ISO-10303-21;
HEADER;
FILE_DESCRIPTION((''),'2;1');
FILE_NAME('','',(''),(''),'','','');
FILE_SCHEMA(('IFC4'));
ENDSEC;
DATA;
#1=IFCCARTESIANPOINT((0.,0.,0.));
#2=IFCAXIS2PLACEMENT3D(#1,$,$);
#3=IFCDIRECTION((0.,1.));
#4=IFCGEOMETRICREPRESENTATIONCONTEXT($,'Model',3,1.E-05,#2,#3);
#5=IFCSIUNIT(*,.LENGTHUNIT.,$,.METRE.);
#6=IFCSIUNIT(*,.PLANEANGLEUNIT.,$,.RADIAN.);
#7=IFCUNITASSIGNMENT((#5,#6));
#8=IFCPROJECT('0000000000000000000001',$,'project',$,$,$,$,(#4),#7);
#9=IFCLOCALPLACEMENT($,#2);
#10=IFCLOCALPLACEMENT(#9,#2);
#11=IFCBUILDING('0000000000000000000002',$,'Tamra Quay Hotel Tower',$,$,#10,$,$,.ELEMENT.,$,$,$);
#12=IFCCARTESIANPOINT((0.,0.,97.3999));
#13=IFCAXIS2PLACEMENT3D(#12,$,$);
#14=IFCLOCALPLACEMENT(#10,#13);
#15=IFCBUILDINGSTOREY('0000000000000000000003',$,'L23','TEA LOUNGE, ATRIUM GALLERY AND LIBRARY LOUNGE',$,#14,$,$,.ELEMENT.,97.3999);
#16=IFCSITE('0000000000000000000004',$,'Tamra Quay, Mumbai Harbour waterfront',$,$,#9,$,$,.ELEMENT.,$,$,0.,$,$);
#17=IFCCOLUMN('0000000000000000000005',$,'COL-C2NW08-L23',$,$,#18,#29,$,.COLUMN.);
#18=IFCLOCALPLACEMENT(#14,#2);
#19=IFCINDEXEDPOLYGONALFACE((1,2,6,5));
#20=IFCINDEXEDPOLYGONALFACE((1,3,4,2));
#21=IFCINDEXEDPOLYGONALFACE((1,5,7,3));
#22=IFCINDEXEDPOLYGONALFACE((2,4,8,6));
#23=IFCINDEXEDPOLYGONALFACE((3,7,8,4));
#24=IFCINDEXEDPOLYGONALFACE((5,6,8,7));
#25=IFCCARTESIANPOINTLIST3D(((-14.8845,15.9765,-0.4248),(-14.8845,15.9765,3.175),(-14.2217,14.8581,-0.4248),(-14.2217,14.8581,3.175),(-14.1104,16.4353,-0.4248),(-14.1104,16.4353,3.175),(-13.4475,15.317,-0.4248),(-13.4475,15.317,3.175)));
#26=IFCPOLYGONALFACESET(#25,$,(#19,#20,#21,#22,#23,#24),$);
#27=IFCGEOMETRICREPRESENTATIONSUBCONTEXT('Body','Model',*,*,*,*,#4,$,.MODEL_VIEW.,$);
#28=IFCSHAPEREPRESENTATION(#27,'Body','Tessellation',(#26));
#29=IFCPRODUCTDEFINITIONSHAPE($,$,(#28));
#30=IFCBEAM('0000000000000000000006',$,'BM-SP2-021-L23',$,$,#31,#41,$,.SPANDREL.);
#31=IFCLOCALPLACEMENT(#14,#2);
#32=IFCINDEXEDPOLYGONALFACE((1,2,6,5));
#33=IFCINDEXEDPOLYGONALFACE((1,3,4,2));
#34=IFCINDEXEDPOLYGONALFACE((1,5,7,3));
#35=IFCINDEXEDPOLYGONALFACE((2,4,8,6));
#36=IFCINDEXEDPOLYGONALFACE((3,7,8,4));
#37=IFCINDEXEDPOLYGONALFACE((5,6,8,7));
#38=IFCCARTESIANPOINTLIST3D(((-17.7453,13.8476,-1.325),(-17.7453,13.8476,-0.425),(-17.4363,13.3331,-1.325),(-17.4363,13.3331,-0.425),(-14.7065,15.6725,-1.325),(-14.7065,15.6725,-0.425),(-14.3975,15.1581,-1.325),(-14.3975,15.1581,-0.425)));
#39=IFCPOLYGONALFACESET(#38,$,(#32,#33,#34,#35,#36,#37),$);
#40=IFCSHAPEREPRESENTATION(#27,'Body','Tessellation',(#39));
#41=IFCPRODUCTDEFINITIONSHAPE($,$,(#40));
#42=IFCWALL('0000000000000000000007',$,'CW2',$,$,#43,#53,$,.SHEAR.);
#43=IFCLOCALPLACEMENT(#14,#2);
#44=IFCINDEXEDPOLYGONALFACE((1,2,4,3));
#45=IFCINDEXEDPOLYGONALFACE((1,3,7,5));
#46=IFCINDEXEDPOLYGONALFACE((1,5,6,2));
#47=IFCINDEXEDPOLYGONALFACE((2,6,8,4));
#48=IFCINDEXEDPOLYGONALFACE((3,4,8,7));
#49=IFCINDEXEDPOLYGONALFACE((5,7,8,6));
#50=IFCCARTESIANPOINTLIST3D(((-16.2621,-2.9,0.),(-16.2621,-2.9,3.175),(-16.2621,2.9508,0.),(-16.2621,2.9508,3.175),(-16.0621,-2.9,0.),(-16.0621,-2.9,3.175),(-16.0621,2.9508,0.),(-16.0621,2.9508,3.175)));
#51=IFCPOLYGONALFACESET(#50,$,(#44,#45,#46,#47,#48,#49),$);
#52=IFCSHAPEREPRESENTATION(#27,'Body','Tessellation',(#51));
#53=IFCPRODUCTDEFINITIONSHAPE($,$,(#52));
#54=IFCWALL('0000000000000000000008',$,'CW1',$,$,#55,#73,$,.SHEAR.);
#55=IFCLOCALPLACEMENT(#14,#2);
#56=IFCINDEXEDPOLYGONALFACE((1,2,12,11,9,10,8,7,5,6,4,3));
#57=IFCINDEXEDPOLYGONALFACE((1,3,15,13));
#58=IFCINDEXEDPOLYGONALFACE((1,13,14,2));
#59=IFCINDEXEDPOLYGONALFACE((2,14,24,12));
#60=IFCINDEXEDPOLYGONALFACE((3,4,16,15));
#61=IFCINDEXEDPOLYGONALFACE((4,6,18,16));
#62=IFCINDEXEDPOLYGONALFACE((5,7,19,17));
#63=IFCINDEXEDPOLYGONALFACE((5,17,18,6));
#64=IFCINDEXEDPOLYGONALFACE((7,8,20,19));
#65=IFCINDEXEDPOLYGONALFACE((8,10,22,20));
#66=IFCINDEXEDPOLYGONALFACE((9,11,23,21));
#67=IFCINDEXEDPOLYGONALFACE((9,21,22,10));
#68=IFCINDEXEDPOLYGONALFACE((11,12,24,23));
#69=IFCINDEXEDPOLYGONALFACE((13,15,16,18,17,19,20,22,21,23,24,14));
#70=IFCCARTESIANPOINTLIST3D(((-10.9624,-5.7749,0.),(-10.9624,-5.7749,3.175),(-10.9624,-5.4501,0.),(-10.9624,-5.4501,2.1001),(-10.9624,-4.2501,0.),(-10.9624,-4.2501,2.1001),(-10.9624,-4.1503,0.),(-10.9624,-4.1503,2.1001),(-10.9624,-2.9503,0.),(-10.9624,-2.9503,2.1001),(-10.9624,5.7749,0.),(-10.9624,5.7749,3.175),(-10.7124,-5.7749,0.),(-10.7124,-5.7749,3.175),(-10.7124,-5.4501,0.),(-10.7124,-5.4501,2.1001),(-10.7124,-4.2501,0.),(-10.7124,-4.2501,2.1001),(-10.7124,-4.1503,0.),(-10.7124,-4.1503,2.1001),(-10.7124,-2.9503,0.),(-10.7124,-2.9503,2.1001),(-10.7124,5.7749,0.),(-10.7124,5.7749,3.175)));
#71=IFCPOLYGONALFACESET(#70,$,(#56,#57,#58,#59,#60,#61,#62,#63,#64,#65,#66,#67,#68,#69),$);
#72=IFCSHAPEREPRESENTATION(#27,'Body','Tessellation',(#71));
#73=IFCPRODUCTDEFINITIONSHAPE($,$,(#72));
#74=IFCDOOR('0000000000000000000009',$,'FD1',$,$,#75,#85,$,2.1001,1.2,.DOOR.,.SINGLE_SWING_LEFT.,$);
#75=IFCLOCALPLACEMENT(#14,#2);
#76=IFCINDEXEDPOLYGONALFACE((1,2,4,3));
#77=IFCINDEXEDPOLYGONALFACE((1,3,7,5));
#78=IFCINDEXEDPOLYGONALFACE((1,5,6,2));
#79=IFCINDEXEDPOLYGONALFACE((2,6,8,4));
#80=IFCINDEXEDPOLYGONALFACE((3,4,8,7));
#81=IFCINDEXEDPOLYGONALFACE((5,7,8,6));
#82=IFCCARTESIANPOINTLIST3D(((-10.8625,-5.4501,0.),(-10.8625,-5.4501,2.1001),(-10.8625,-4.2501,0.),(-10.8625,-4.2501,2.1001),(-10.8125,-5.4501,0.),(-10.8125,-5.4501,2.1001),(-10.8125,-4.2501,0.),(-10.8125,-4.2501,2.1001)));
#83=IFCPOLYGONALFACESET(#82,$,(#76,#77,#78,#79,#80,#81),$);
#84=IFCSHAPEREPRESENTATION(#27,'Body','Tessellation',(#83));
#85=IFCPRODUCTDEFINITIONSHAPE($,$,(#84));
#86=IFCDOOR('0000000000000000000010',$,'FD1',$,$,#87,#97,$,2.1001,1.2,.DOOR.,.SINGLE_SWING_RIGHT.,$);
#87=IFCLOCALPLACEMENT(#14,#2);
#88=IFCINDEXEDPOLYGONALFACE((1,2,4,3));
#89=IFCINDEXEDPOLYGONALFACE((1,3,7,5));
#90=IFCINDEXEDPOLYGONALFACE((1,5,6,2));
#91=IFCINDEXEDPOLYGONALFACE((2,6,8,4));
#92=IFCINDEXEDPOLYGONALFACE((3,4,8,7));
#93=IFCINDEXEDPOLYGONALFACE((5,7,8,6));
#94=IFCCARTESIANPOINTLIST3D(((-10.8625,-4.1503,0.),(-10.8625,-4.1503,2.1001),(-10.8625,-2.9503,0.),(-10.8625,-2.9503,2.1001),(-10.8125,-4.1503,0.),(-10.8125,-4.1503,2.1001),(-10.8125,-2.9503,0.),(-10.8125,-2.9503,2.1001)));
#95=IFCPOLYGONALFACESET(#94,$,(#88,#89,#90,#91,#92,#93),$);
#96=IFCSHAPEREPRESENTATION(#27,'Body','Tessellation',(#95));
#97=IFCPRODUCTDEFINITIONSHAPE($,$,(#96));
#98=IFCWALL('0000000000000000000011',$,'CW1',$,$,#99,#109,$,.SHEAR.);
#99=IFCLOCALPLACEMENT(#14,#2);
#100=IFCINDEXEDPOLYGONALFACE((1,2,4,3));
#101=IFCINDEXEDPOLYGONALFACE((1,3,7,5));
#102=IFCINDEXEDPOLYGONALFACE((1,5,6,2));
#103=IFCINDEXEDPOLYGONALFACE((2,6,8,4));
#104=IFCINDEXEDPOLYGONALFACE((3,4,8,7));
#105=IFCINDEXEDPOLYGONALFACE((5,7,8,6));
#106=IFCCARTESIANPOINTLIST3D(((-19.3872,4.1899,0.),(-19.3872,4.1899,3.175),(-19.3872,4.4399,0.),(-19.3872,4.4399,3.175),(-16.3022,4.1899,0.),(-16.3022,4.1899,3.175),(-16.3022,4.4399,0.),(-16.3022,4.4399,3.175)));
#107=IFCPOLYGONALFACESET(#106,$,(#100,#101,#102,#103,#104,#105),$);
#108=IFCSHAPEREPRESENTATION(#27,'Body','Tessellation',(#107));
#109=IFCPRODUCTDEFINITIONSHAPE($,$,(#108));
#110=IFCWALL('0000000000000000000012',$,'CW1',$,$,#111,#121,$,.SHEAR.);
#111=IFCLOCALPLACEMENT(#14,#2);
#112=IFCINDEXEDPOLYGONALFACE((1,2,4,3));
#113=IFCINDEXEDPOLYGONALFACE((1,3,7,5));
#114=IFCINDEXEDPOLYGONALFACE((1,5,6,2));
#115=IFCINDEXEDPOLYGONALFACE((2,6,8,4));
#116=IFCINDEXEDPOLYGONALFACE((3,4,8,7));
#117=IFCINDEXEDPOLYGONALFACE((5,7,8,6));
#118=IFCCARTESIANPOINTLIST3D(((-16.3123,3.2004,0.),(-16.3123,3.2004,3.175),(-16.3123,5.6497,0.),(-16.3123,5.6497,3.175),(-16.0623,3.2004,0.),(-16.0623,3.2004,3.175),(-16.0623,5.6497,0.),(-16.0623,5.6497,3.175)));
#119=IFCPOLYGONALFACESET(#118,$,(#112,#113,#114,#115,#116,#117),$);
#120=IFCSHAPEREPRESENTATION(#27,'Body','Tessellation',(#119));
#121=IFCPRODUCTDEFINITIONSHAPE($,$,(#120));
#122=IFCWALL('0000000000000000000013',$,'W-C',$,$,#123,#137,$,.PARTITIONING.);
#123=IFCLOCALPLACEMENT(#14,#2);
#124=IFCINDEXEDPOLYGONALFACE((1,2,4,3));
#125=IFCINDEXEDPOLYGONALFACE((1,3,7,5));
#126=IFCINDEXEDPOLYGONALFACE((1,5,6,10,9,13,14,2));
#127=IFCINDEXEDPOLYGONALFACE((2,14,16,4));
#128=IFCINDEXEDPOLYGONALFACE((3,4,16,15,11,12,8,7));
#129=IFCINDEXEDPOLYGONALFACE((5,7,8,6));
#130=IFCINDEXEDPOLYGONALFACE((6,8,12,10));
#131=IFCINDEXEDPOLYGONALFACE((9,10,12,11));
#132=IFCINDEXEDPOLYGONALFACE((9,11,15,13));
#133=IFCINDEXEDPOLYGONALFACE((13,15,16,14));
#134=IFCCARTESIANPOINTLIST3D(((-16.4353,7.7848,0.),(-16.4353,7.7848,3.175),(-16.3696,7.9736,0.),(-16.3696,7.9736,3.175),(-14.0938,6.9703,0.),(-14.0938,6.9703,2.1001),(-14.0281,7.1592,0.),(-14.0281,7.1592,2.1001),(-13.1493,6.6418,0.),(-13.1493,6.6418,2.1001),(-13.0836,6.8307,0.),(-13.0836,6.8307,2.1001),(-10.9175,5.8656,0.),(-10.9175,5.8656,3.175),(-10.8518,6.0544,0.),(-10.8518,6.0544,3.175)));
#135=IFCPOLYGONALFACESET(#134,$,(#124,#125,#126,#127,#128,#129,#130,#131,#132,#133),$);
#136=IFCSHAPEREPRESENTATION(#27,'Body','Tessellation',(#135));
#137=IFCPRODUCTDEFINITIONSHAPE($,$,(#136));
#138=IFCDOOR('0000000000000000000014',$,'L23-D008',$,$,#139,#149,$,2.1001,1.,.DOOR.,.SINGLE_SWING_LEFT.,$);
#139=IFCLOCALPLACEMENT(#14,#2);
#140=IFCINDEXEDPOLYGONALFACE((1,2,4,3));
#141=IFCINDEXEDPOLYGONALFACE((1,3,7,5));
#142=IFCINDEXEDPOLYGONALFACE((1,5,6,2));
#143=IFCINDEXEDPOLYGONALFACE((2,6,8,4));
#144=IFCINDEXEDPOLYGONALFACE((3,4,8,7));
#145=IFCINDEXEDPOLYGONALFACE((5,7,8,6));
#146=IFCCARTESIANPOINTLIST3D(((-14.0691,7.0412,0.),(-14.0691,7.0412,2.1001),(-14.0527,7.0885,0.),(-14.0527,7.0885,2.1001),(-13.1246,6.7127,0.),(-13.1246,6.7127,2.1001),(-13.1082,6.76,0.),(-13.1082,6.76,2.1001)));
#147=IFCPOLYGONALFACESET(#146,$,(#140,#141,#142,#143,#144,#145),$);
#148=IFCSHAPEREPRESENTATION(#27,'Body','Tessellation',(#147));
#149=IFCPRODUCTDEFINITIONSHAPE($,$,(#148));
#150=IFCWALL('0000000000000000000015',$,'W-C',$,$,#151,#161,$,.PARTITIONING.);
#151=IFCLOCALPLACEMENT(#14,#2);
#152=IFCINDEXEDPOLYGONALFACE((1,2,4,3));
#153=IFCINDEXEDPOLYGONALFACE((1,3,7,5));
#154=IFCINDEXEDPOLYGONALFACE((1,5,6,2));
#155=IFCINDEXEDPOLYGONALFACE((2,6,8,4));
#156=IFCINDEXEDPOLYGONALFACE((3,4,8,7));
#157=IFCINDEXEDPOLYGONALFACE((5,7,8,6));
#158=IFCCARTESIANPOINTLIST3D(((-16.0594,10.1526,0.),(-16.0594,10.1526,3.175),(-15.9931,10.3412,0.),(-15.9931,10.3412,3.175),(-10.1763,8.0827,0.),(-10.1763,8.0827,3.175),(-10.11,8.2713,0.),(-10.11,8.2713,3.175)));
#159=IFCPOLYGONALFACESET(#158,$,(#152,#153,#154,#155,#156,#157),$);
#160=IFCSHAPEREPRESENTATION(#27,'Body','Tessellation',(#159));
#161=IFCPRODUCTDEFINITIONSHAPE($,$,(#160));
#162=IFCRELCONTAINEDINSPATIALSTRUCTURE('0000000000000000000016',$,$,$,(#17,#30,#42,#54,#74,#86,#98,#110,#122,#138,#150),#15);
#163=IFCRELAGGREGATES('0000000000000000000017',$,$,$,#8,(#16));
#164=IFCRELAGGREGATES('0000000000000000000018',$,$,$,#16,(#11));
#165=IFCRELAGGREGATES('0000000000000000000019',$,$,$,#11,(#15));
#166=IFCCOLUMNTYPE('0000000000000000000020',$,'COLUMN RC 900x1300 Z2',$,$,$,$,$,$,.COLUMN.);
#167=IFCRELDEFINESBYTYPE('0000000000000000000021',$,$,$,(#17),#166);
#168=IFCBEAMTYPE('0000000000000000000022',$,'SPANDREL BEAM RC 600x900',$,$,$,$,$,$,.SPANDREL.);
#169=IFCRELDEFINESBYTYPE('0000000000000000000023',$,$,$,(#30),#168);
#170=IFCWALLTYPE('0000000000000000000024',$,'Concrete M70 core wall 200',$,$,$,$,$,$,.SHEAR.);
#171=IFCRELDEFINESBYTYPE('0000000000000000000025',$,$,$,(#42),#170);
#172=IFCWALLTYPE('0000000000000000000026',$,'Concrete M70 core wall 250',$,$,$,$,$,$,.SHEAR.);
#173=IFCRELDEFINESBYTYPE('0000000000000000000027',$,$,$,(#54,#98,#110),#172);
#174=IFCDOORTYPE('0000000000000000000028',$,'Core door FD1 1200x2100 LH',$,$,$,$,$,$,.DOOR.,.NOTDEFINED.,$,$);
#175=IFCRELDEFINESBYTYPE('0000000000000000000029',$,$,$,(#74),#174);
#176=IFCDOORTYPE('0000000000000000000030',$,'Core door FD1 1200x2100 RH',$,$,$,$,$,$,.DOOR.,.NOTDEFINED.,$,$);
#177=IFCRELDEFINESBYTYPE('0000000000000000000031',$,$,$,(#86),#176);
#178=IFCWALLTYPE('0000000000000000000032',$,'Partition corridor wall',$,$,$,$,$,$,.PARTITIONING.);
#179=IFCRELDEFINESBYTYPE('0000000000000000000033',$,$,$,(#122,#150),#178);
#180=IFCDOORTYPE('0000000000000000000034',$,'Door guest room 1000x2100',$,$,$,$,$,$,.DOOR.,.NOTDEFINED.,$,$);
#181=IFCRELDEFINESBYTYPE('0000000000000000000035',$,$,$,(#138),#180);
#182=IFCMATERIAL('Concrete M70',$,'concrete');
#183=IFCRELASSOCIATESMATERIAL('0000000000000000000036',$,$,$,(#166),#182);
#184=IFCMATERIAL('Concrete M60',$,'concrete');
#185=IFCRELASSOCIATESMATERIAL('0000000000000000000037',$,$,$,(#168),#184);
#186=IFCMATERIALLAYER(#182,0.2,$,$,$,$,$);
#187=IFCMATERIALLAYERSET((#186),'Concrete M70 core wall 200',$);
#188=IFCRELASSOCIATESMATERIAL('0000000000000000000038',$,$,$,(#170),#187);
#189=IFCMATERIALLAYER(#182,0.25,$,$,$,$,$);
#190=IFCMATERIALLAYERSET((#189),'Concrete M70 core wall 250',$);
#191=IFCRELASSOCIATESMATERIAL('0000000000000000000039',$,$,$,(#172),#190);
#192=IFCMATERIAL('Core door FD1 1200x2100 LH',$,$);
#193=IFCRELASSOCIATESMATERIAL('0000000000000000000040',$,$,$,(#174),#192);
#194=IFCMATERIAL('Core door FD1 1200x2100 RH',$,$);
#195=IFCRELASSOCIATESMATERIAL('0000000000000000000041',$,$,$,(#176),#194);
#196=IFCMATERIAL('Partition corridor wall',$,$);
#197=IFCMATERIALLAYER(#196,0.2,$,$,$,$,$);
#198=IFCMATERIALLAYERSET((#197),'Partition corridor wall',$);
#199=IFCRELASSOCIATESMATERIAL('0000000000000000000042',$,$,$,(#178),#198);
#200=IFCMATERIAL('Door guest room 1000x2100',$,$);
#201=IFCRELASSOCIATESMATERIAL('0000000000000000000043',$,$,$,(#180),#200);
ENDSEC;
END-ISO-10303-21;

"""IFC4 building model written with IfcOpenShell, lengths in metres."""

from ifc_helpers import new_model, si_unit, direction, frame, frame_2d, origin, origin_2d, place, context, subcontext, project, spatial, rectangle, extrude, material, layer, layer_set, material_profile, profile_set, type_object, element, fill, save


model = new_model("IFC4")

# Units and contexts
model_context = context("Model", 3, precision=1e-05, world=origin(), true_north=direction((0.0, 1.0)))
body_context = subcontext(model_context, "Body", "Model", "MODEL_VIEW")
ifc_project = project(units=[si_unit("LENGTHUNIT", "METRE"), si_unit("PLANEANGLEUNIT", "RADIAN")], contexts=[model_context])

# Site, building, storey
site_placement = place(None, origin())
site = spatial("IfcSite", under=ifc_project, at=site_placement, Name="Tamra Quay, Mumbai Harbour waterfront", CompositionType="ELEMENT", RefElevation=0.0)
building_placement = place(site_placement, origin())
building = spatial("IfcBuilding", under=site, at=building_placement, Name="Tamra Quay Hotel Tower", CompositionType="ELEMENT")
storey_placement = place(building_placement, frame((0.0, 0.0, 97.3999)))
storey = spatial("IfcBuildingStorey", under=building, at=storey_placement, Name="L23", Description="TEA LOUNGE, ATRIUM GALLERY AND LIBRARY LOUNGE", CompositionType="ELEMENT", Elevation=97.3999)

# Column
ifc_material_1 = material(Name="Concrete M70", Category="concrete")
ifc_material_profile_1 = material_profile(ifc_material_1, rectangle(XDim=1.3, YDim=0.8999, at=origin_2d()), Name="COLUMN RC 900x1300 Z2")
ifc_profile_set_1 = profile_set([ifc_material_profile_1], Name="Concrete M70")
column_type = type_object("IfcColumnType", Name="COLUMN RC 900x1300 Z2", PredefinedType="COLUMN", material=ifc_profile_set_1)
column_placement = place(storey_placement, frame((-14.166, 15.6467, -0.4248), z_axis=(0.0, 0.0, 1.0), x_axis=(-0.509873, 0.860249, 0.0)))
element("IfcColumn", 1, at=column_placement, inside=storey, type_object=column_type, Name="COL-C2NW08-L23", PredefinedType="COLUMN", context=body_context, shape_type="SweptSolid", body=[
    extrude(rectangle(XDim=1.3, YDim=0.8999, at=origin_2d()), origin(), (0.0, 0.0, 1.0), 3.5999),
])

# Beam
ifc_material_2 = material(Name="Concrete M60", Category="concrete")
ifc_material_profile_2 = material_profile(ifc_material_2, rectangle(XDim=0.6001, YDim=0.8999, at=origin_2d()), Name="SPANDREL BEAM RC 600x900")
ifc_profile_set_2 = profile_set([ifc_material_profile_2], Name="Concrete M60")
beam_type = type_object("IfcBeamType", Name="SPANDREL BEAM RC 600x900", PredefinedType="SPANDREL", material=ifc_profile_set_2)
beam_placement = place(storey_placement, frame((-14.552, 15.4153, -0.875), z_axis=(-0.857286, -0.51484, 0.0), x_axis=(0.51484, -0.857286, 0.0)))
element("IfcBeam", 2, at=beam_placement, inside=storey, type_object=beam_type, Name="BM-SP2-021-L23", PredefinedType="SPANDREL", context=body_context, shape_type="SweptSolid", body=[
    extrude(rectangle(XDim=0.6001, YDim=0.8999, at=origin_2d()), origin(), (0.0, 0.0, 1.0), 3.5447),
])

# Wall
ifc_layer_1 = layer(ifc_material_1, 0.2)
ifc_layer_set_1 = layer_set([ifc_layer_1], Name="Concrete M70 core wall 200")
wall_type_1 = type_object("IfcWallType", Name="Concrete M70 core wall 200", PredefinedType="SHEAR", material=ifc_layer_set_1)
wall_1_placement = place(storey_placement, frame((-16.1621, 2.9507, 0.0), z_axis=(0.0, 0.0, 1.0), x_axis=(0.0, -1.0, 0.0)))
element("IfcWall", 3, at=wall_1_placement, inside=storey, type_object=wall_type_1, Name="CW2", PredefinedType="SHEAR", context=body_context, shape_type="SweptSolid", body=[
    extrude(rectangle(XDim=5.8508, YDim=0.2, at=frame_2d((2.9253, 0.0))), origin(), (0.0, 0.0, 1.0), 3.175),
])

# Wall, openings, doors
ifc_layer_2 = layer(ifc_material_1, 0.25)
ifc_layer_set_2 = layer_set([ifc_layer_2], Name="Concrete M70 core wall 250")
wall_type_2 = type_object("IfcWallType", Name="Concrete M70 core wall 250", PredefinedType="SHEAR", material=ifc_layer_set_2)
wall_2_placement = place(storey_placement, frame((-10.8374, 5.7749, 0.0), z_axis=(0.0, 0.0, 1.0), x_axis=(0.0, -1.0, 0.0)))
wall_2 = element("IfcWall", 4, at=wall_2_placement, inside=storey, type_object=wall_type_2, Name="CW1", PredefinedType="SHEAR", context=body_context, shape_type="SweptSolid", body=[
    extrude(rectangle(XDim=11.5498, YDim=0.25, at=frame_2d((5.7749, 0.0))), origin(), (0.0, 0.0, 1.0), 3.175),
])
opening_1_placement = place(wall_2_placement, frame((10.0249, 0.0, 0.0)))
opening_1 = element("IfcOpeningElement", 5, at=opening_1_placement, cuts=wall_2, PredefinedType="OPENING", context=body_context, shape_type="SweptSolid", body=[
    extrude(rectangle(XDim=1.2, YDim=2.1001, at=frame_2d((0.6001, 1.05))), frame((0.0, 0.135, 0.0), z_axis=(0.0, -1.0, 0.0), x_axis=(1.0, 0.0, 0.0)), (0.0, 0.0, 1.0), 0.27),
])
opening_2_placement = place(wall_2_placement, frame((8.7251, 0.0, 0.0)))
opening_2 = element("IfcOpeningElement", 6, at=opening_2_placement, cuts=wall_2, PredefinedType="OPENING", context=body_context, shape_type="SweptSolid", body=[
    extrude(rectangle(XDim=1.2, YDim=2.1001, at=frame_2d((0.6001, 1.05))), frame((0.0, 0.135, 0.0), z_axis=(0.0, -1.0, 0.0), x_axis=(1.0, 0.0, 0.0)), (0.0, 0.0, 1.0), 0.27),
])
ifc_material_3 = material(Name="Core door FD1 1200x2100 LH")
door_type_1 = type_object("IfcDoorType", Name="Core door FD1 1200x2100 LH", OperationType="NOTDEFINED", PredefinedType="DOOR", material=ifc_material_3)
door_1_placement = place(opening_1_placement, origin())
door_1 = element("IfcDoor", 7, at=door_1_placement, inside=storey, type_object=door_type_1, Name="FD1", OperationType="SINGLE_SWING_LEFT", OverallHeight=2.1001, OverallWidth=1.2, PredefinedType="DOOR", context=body_context, shape_type="SweptSolid", body=[
    extrude(rectangle(XDim=1.2, YDim=2.1001, at=frame_2d((0.6001, 1.05))), frame((0.0, 0.0249, 0.0), z_axis=(0.0, -1.0, 0.0), x_axis=(1.0, 0.0, 0.0)), (0.0, 0.0, 1.0), 0.05),
])
fill(opening_1, door_1)
ifc_material_4 = material(Name="Core door FD1 1200x2100 RH")
door_type_2 = type_object("IfcDoorType", Name="Core door FD1 1200x2100 RH", OperationType="NOTDEFINED", PredefinedType="DOOR", material=ifc_material_4)
door_2_placement = place(opening_2_placement, origin())
door_2 = element("IfcDoor", 8, at=door_2_placement, inside=storey, type_object=door_type_2, Name="FD1", OperationType="SINGLE_SWING_RIGHT", OverallHeight=2.1001, OverallWidth=1.2, PredefinedType="DOOR", context=body_context, shape_type="SweptSolid", body=[
    extrude(rectangle(XDim=1.2, YDim=2.1001, at=frame_2d((0.6001, 1.05))), frame((0.0, 0.0249, 0.0), z_axis=(0.0, -1.0, 0.0), x_axis=(1.0, 0.0, 0.0)), (0.0, 0.0, 1.0), 0.05),
])
fill(opening_2, door_2)

# Walls
wall_3_placement = place(storey_placement, frame((-16.3022, 4.3149, 0.0), z_axis=(0.0, 0.0, 1.0), x_axis=(-1.0, 0.0, 0.0)))
element("IfcWall", 9, at=wall_3_placement, inside=storey, type_object=wall_type_2, Name="CW1", PredefinedType="SHEAR", context=body_context, shape_type="SweptSolid", body=[
    extrude(rectangle(XDim=3.085, YDim=0.25, at=frame_2d((1.5425, 0.0))), origin(), (0.0, 0.0, 1.0), 3.175),
])
wall_4_placement = place(storey_placement, frame((-16.1873, 3.2004, 0.0), z_axis=(0.0, 0.0, 1.0), x_axis=(0.0, 1.0, 0.0)))
element("IfcWall", 10, at=wall_4_placement, inside=storey, type_object=wall_type_2, Name="CW1", PredefinedType="SHEAR", context=body_context, shape_type="SweptSolid", body=[
    extrude(rectangle(XDim=2.4492, YDim=0.25, at=frame_2d((1.2246, 0.0))), origin(), (0.0, 0.0, 1.0), 3.175),
])

# Wall, opening, door
ifc_material_5 = material(Name="Partition corridor wall")
ifc_layer_3 = layer(ifc_material_5, 0.2)
ifc_layer_set_3 = layer_set([ifc_layer_3], Name="Partition corridor wall")
wall_type_3 = type_object("IfcWallType", Name="Partition corridor wall", PredefinedType="PARTITIONING", material=ifc_layer_set_3)
wall_5_placement = place(storey_placement, frame((-16.4023, 7.8792, 0.0), z_axis=(0.0, 0.0, 1.0), x_axis=(0.9445, -0.328513, 0.0)))
wall_5 = element("IfcWall", 11, at=wall_5_placement, inside=storey, type_object=wall_type_3, Name="W-C", PredefinedType="PARTITIONING", context=body_context, shape_type="SweptSolid", body=[
    extrude(rectangle(XDim=5.842, YDim=0.2, at=frame_2d((2.9209, 0.0))), origin(), (0.0, 0.0, 1.0), 3.175),
])
opening_3_placement = place(wall_5_placement, frame((2.479, 0.0, 0.0)))
opening_3 = element("IfcOpeningElement", 12, at=opening_3_placement, cuts=wall_5, PredefinedType="OPENING", context=body_context, shape_type="SweptSolid", body=[
    extrude(rectangle(XDim=1.0, YDim=2.1001, at=frame_2d((0.5, 1.05))), frame((0.0, 0.1099, 0.0), z_axis=(0.0, -1.0, 0.0), x_axis=(1.0, 0.0, 0.0)), (0.0, 0.0, 1.0), 0.22),
])
ifc_material_6 = material(Name="Door guest room 1000x2100")
door_type_3 = type_object("IfcDoorType", Name="Door guest room 1000x2100", OperationType="NOTDEFINED", PredefinedType="DOOR", material=ifc_material_6)
door_3_placement = place(opening_3_placement, frame((1.0, 0.0, 0.0), z_axis=(0.0, 0.0, 1.0), x_axis=(-1.0, 0.0, 0.0)))
door_3 = element("IfcDoor", 13, at=door_3_placement, inside=storey, type_object=door_type_3, Name="L23-D008", OperationType="SINGLE_SWING_LEFT", OverallHeight=2.1001, OverallWidth=1.0, PredefinedType="DOOR", context=body_context, shape_type="SweptSolid", body=[
    extrude(rectangle(XDim=1.0, YDim=2.1001, at=frame_2d((0.5, 1.05))), frame((0.0, 0.0249, 0.0), z_axis=(0.0, -1.0, 0.0), x_axis=(1.0, 0.0, 0.0)), (0.0, 0.0, 1.0), 0.05),
])
fill(opening_3, door_3)

# Wall
wall_6_placement = place(storey_placement, frame((-16.0261, 10.2468, 0.0), z_axis=(0.0, 0.0, 1.0), x_axis=(0.943319, -0.331886, 0.0)))
element("IfcWall", 14, at=wall_6_placement, inside=storey, type_object=wall_type_3, Name="W-C", PredefinedType="PARTITIONING", context=body_context, shape_type="SweptSolid", body=[
    extrude(rectangle(XDim=6.2366, YDim=0.2, at=frame_2d((3.1182, 0.0))), origin(), (0.0, 0.0, 1.0), 3.175),
])

save(model, "model.ifc")
